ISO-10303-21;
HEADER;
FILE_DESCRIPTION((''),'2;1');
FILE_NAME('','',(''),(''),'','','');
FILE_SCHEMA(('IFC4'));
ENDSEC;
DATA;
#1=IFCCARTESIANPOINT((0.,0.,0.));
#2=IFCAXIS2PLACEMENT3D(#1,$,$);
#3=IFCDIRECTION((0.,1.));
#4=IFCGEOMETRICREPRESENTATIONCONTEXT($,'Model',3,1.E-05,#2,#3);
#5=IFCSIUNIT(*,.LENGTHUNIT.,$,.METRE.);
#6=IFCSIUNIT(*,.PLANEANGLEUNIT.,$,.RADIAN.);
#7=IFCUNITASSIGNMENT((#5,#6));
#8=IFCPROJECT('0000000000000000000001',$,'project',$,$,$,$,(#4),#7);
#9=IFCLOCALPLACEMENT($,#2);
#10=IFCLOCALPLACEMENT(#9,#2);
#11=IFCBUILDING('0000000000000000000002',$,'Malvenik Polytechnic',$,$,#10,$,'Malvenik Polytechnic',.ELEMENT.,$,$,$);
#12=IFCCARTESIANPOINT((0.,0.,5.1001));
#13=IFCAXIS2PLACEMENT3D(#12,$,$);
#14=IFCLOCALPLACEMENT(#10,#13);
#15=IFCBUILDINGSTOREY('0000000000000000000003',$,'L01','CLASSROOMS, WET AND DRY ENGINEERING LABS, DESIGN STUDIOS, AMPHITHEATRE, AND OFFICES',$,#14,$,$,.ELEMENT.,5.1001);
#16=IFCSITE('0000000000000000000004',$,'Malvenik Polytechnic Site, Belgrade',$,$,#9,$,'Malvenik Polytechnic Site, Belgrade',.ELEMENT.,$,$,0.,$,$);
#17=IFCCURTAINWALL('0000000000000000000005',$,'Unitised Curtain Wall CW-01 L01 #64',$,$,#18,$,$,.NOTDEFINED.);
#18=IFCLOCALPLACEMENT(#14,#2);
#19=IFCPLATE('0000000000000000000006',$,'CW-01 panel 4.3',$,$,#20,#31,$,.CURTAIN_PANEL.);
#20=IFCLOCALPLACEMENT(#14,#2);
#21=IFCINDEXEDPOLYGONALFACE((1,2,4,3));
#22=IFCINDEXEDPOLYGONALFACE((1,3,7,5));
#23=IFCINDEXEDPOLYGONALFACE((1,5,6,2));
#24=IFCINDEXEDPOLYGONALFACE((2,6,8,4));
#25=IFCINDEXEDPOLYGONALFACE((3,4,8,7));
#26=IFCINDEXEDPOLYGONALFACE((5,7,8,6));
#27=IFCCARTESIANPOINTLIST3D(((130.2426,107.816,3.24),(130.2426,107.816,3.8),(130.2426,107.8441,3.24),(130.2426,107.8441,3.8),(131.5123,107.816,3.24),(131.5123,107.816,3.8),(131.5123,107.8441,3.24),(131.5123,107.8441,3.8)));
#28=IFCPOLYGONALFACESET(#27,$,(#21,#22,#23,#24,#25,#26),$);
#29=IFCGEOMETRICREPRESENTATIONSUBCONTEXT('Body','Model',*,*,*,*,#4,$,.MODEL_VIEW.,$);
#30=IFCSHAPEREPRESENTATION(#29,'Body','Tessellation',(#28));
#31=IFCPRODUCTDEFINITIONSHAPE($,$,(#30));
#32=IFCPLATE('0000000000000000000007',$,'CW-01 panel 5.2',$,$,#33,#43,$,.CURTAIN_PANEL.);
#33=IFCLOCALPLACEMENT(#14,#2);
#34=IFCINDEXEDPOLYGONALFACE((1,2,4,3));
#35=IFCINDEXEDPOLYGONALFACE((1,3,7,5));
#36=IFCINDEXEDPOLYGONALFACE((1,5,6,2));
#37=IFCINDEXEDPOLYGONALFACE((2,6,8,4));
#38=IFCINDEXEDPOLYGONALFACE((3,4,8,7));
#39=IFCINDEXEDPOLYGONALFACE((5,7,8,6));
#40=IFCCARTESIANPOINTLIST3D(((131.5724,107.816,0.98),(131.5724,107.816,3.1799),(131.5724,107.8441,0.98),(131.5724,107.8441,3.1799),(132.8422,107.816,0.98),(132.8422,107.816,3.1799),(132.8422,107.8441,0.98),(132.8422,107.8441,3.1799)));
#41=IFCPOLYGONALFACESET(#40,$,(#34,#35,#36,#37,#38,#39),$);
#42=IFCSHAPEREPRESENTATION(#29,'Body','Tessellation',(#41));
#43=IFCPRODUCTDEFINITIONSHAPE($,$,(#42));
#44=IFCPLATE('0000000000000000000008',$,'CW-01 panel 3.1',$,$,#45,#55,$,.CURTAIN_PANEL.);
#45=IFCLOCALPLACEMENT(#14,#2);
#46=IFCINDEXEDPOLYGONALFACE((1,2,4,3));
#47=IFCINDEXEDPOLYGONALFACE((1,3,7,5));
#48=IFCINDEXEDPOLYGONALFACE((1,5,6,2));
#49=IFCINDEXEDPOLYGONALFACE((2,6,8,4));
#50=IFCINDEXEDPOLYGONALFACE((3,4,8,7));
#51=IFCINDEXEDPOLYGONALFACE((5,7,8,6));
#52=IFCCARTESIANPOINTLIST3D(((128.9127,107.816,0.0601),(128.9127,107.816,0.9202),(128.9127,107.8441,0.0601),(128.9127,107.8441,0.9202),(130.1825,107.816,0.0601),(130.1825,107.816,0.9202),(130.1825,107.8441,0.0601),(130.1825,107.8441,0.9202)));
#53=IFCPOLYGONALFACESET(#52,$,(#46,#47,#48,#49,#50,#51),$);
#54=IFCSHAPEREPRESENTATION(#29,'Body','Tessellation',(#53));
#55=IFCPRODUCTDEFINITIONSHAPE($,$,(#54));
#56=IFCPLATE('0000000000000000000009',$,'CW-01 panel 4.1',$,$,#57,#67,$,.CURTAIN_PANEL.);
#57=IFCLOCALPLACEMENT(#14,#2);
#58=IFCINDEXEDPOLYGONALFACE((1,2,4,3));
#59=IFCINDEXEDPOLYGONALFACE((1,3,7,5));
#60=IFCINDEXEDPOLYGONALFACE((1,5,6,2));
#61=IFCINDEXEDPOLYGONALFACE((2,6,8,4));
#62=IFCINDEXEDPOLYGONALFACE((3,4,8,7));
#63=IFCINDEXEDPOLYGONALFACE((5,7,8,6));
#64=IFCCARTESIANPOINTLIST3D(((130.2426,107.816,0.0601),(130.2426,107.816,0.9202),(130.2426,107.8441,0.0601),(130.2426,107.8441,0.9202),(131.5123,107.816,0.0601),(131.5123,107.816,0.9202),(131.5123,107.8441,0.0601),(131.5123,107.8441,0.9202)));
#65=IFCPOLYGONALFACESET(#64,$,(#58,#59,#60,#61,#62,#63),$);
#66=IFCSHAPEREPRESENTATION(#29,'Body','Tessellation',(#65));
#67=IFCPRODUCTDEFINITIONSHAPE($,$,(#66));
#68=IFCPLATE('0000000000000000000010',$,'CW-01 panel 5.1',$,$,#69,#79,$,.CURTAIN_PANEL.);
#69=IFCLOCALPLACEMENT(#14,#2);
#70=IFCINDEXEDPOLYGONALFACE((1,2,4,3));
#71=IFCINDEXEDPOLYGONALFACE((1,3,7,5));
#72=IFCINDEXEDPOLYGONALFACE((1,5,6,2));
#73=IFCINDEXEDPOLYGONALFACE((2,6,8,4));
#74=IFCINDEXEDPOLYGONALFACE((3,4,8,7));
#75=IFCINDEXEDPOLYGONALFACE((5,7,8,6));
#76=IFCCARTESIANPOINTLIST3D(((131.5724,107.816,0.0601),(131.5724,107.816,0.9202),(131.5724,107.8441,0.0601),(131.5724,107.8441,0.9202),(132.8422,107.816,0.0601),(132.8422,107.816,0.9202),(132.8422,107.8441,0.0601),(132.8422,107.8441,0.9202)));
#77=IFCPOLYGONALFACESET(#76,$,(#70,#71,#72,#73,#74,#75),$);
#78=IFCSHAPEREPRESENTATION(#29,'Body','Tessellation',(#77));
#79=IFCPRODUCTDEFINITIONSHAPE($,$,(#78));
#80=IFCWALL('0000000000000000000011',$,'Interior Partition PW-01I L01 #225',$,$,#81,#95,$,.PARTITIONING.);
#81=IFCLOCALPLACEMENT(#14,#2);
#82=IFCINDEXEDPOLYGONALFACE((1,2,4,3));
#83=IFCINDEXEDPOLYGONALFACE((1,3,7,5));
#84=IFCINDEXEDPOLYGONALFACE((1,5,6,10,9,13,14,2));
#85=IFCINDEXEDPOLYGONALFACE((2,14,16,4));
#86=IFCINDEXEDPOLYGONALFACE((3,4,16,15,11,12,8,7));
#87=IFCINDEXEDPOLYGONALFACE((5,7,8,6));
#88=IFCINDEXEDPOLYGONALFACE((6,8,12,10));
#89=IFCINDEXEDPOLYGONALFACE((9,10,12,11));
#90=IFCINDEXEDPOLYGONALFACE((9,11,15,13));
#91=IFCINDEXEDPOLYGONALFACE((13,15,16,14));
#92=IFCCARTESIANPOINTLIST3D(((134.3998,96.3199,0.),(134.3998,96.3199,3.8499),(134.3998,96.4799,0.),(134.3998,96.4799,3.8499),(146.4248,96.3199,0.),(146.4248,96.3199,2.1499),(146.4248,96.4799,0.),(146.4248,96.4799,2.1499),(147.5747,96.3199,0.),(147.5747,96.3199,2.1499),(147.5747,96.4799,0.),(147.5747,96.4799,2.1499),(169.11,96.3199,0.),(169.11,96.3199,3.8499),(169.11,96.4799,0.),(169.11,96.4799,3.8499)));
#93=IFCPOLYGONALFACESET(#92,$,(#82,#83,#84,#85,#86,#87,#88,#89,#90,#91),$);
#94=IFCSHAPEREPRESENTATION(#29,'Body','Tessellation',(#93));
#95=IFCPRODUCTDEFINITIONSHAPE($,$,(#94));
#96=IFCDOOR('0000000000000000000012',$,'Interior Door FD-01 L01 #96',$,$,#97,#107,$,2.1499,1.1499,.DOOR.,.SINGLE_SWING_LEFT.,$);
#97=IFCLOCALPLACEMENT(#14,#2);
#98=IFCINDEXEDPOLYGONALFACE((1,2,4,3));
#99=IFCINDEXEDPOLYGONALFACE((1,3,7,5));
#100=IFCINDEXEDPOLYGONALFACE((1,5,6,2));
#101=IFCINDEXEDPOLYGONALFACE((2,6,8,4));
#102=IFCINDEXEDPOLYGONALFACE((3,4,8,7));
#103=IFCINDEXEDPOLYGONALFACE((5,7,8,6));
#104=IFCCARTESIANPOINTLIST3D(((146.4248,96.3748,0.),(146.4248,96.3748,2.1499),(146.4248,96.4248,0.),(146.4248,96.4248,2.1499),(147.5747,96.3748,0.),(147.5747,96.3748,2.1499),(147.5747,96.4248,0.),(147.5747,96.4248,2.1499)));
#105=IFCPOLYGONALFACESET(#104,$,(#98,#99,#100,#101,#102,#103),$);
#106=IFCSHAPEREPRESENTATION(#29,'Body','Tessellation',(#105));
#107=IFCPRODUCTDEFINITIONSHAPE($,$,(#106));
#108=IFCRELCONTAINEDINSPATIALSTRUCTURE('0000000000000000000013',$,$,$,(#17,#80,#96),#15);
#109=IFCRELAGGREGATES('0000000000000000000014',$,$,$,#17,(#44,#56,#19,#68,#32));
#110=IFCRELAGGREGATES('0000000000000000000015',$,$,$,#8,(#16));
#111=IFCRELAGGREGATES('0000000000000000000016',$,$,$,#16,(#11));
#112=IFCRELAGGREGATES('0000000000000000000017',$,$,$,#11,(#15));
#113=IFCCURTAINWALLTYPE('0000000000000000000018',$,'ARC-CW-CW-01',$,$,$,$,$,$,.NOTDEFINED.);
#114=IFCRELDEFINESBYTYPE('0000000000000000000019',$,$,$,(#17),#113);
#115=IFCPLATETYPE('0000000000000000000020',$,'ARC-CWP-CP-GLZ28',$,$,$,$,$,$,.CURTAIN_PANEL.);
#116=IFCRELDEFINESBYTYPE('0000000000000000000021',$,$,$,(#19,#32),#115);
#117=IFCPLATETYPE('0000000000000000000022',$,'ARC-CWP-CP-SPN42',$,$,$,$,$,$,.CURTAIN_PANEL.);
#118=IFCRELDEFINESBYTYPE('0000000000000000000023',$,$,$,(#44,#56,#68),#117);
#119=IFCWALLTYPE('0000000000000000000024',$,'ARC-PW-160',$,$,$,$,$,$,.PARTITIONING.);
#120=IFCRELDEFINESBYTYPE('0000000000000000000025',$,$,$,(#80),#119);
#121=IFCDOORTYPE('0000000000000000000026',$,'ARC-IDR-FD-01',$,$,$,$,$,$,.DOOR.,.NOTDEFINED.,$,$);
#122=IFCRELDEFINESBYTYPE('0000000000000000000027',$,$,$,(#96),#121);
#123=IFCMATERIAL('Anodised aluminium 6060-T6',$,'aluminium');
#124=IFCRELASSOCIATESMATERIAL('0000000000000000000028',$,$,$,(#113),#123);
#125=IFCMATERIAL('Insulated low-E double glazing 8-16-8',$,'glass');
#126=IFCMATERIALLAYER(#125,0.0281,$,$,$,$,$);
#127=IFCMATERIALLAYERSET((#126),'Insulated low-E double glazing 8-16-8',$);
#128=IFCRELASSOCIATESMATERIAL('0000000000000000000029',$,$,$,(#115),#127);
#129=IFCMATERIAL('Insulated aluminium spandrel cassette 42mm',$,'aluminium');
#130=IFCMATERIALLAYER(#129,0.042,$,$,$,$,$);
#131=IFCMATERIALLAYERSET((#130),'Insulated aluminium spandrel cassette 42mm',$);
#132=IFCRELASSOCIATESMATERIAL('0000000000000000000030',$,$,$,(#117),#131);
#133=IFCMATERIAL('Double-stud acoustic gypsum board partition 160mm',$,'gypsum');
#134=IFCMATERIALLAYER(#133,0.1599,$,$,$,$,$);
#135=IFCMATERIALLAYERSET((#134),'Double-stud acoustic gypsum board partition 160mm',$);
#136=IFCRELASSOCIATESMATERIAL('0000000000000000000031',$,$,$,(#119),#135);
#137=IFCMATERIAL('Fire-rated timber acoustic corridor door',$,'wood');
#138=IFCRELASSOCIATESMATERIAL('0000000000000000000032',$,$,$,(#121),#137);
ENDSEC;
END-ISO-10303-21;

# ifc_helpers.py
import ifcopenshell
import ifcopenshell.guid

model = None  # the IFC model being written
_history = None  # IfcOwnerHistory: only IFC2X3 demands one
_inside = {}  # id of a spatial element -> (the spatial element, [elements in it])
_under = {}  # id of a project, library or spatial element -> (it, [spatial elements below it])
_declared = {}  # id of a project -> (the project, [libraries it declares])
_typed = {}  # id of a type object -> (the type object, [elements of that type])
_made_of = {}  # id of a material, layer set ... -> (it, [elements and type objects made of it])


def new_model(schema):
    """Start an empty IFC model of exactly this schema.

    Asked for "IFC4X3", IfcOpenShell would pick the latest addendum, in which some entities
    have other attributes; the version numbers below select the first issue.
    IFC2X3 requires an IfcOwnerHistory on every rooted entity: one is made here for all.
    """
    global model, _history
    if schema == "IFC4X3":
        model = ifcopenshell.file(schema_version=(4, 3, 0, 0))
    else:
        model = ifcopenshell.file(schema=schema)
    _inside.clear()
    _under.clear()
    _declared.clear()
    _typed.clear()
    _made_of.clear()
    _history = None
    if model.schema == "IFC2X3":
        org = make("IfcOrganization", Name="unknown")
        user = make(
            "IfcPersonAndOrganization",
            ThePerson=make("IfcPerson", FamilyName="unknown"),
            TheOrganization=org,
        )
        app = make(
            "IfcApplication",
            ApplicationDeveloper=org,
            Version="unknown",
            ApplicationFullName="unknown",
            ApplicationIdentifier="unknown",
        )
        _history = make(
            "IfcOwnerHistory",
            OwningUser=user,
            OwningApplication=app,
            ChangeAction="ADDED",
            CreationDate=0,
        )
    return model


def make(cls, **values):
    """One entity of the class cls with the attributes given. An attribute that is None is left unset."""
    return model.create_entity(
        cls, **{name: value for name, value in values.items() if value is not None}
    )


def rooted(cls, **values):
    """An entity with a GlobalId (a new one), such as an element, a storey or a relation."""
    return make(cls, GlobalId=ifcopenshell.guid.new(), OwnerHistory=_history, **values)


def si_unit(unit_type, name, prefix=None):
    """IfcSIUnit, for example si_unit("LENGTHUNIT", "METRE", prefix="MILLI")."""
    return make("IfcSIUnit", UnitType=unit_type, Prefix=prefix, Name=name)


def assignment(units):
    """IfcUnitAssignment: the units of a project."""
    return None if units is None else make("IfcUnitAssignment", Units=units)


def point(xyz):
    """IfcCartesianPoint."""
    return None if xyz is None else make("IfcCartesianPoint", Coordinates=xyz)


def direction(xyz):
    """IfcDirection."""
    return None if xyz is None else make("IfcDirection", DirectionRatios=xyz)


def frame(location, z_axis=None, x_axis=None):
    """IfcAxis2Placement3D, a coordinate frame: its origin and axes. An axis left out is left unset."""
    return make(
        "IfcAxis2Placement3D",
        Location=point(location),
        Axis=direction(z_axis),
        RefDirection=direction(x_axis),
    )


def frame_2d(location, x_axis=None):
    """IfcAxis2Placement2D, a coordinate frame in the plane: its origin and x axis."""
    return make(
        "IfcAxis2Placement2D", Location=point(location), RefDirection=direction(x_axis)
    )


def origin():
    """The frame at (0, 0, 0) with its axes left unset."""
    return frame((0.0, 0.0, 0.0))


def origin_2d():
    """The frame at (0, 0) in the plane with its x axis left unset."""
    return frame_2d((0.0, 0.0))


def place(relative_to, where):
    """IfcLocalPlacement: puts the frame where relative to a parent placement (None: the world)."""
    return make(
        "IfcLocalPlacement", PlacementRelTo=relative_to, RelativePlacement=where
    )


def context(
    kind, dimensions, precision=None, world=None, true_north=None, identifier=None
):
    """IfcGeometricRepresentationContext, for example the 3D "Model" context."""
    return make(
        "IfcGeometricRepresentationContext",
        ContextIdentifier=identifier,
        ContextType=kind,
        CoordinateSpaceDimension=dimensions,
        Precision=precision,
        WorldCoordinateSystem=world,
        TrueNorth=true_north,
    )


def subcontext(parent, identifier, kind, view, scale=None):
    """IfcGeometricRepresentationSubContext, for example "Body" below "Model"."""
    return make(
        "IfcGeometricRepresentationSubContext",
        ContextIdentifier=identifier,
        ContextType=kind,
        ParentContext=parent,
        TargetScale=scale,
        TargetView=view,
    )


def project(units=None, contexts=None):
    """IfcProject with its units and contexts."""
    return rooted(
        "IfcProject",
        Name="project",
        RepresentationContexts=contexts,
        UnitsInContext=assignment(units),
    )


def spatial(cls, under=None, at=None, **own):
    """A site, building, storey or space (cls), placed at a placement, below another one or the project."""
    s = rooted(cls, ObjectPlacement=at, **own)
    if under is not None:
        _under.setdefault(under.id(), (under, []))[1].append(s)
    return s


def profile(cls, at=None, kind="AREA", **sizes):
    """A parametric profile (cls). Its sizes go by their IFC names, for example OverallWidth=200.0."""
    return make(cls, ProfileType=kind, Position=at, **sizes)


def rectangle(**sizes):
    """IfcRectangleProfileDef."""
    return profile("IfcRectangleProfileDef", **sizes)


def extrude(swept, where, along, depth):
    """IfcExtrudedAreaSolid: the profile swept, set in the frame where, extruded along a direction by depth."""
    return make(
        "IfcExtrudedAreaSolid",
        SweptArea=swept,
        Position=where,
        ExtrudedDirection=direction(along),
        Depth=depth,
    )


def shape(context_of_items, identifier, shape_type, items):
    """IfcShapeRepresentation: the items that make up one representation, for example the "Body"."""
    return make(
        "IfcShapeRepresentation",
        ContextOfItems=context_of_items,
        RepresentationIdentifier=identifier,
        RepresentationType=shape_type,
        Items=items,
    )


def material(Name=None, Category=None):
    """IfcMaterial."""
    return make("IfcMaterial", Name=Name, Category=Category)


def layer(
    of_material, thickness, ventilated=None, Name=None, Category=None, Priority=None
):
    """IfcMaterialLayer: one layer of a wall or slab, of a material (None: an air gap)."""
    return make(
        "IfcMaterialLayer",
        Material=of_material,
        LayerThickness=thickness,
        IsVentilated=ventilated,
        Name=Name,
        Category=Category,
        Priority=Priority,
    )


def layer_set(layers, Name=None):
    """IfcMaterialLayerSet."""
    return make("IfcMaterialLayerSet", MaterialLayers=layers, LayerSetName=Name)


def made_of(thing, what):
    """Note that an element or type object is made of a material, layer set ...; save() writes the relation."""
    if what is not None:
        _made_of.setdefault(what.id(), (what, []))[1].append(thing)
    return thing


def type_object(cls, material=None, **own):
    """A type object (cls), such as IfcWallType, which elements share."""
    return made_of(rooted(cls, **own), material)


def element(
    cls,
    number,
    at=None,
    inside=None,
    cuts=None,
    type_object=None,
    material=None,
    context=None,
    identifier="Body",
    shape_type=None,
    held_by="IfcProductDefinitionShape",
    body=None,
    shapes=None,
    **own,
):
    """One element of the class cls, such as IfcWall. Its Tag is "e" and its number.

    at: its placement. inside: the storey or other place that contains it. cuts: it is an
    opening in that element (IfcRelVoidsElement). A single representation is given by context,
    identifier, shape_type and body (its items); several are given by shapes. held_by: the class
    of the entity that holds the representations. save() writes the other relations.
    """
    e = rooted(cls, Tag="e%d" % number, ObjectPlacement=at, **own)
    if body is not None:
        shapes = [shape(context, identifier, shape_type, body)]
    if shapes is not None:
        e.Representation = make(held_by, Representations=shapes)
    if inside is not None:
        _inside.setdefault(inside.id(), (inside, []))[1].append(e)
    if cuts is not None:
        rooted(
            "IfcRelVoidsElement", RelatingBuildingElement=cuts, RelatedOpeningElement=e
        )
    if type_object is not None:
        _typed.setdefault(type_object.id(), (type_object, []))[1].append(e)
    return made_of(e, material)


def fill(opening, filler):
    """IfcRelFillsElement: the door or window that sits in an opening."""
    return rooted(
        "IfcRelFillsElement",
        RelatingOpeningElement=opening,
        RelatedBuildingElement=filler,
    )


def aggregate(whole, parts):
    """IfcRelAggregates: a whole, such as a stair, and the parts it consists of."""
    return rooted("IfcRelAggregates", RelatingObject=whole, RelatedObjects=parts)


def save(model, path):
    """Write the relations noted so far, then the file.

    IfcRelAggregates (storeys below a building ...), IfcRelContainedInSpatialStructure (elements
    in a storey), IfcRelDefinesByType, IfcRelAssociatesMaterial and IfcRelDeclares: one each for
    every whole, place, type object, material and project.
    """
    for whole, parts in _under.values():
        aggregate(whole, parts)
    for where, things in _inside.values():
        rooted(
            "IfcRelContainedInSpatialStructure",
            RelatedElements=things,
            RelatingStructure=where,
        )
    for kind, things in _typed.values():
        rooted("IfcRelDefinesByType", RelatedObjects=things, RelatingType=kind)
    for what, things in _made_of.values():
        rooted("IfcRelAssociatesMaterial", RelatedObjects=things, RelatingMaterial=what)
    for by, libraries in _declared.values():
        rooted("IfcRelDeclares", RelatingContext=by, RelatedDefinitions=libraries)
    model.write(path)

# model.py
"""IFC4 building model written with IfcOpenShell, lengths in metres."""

from ifc_helpers import new_model, si_unit, direction, frame, frame_2d, origin, origin_2d, place, context, subcontext, project, spatial, rectangle, extrude, material, layer, layer_set, type_object, element, fill, aggregate, save


model = new_model("IFC4")

# Units and contexts
model_context = context("Model", 3, precision=1e-05, world=origin(), true_north=direction((0.0, 1.0)))
body_context = subcontext(model_context, "Body", "Model", "MODEL_VIEW")
ifc_project = project(units=[si_unit("LENGTHUNIT", "METRE"), si_unit("PLANEANGLEUNIT", "RADIAN")], contexts=[model_context])

# Site, building, storey
site_placement = place(None, origin())
site = spatial("IfcSite", under=ifc_project, at=site_placement, Name="Malvenik Polytechnic Site, Belgrade", LongName="Malvenik Polytechnic Site, Belgrade", CompositionType="ELEMENT", RefElevation=0.0)
building_placement = place(site_placement, origin())
building = spatial("IfcBuilding", under=site, at=building_placement, Name="Malvenik Polytechnic", LongName="Malvenik Polytechnic", CompositionType="ELEMENT")
storey_placement = place(building_placement, frame((0.0, 0.0, 5.1001)))
storey = spatial("IfcBuildingStorey", under=building, at=storey_placement, Name="L01", Description="CLASSROOMS, WET AND DRY ENGINEERING LABS, DESIGN STUDIOS, AMPHITHEATRE, AND OFFICES", CompositionType="ELEMENT", Elevation=5.1001)

# Curtain wall, plates
ifc_material_1 = material(Name="Anodised aluminium 6060-T6", Category="aluminium")
curtain_wall_type = type_object("IfcCurtainWallType", Name="ARC-CW-CW-01", PredefinedType="NOTDEFINED", material=ifc_material_1)
curtain_wall_placement = place(storey_placement, origin())
curtain_wall = element("IfcCurtainWall", 1, at=curtain_wall_placement, inside=storey, type_object=curtain_wall_type, Name="Unitised Curtain Wall CW-01 L01 #64", PredefinedType="NOTDEFINED")
ifc_material_2 = material(Name="Insulated low-E double glazing 8-16-8", Category="glass")
ifc_layer_1 = layer(ifc_material_2, 0.0281)
ifc_layer_set_1 = layer_set([ifc_layer_1], Name="Insulated low-E double glazing 8-16-8")
plate_type_1 = type_object("IfcPlateType", Name="ARC-CWP-CP-GLZ28", PredefinedType="CURTAIN_PANEL", material=ifc_layer_set_1)
plate_1_placement = place(storey_placement, frame((130.8774, 107.8301, 3.24), z_axis=(0.0, 0.0, 1.0), x_axis=(1.0, 0.0, 0.0)))
plate_1 = element("IfcPlate", 2, at=plate_1_placement, type_object=plate_type_1, Name="CW-01 panel 4.3", PredefinedType="CURTAIN_PANEL", context=body_context, shape_type="SweptSolid", body=[
    extrude(rectangle(XDim=1.2698, YDim=0.0281, at=origin_2d()), origin(), (0.0, 0.0, 1.0), 0.5601),
])
plate_2_placement = place(storey_placement, frame((132.2073, 107.8301, 0.98), z_axis=(0.0, 0.0, 1.0), x_axis=(1.0, 0.0, 0.0)))
plate_2 = element("IfcPlate", 3, at=plate_2_placement, type_object=plate_type_1, Name="CW-01 panel 5.2", PredefinedType="CURTAIN_PANEL", context=body_context, shape_type="SweptSolid", body=[
    extrude(rectangle(XDim=1.2698, YDim=0.0281, at=origin_2d()), origin(), (0.0, 0.0, 1.0), 2.2),
])
ifc_material_3 = material(Name="Insulated aluminium spandrel cassette 42mm", Category="aluminium")
ifc_layer_2 = layer(ifc_material_3, 0.042)
ifc_layer_set_2 = layer_set([ifc_layer_2], Name="Insulated aluminium spandrel cassette 42mm")
plate_type_2 = type_object("IfcPlateType", Name="ARC-CWP-CP-SPN42", PredefinedType="CURTAIN_PANEL", material=ifc_layer_set_2)
plate_3_placement = place(storey_placement, frame((129.5476, 107.8301, 0.0601), z_axis=(0.0, 0.0, 1.0), x_axis=(1.0, 0.0, 0.0)))
plate_3 = element("IfcPlate", 4, at=plate_3_placement, type_object=plate_type_2, Name="CW-01 panel 3.1", PredefinedType="CURTAIN_PANEL", context=body_context, shape_type="SweptSolid", body=[
    extrude(rectangle(XDim=1.2698, YDim=0.0281, at=origin_2d()), origin(), (0.0, 0.0, 1.0), 0.8601),
])
plate_4_placement = place(storey_placement, frame((130.8774, 107.8301, 0.0601), z_axis=(0.0, 0.0, 1.0), x_axis=(1.0, 0.0, 0.0)))
plate_4 = element("IfcPlate", 5, at=plate_4_placement, type_object=plate_type_2, Name="CW-01 panel 4.1", PredefinedType="CURTAIN_PANEL", context=body_context, shape_type="SweptSolid", body=[
    extrude(rectangle(XDim=1.2698, YDim=0.0281, at=origin_2d()), origin(), (0.0, 0.0, 1.0), 0.8601),
])
plate_5_placement = place(storey_placement, frame((132.2073, 107.8301, 0.0601), z_axis=(0.0, 0.0, 1.0), x_axis=(1.0, 0.0, 0.0)))
plate_5 = element("IfcPlate", 6, at=plate_5_placement, type_object=plate_type_2, Name="CW-01 panel 5.1", PredefinedType="CURTAIN_PANEL", context=body_context, shape_type="SweptSolid", body=[
    extrude(rectangle(XDim=1.2698, YDim=0.0281, at=origin_2d()), origin(), (0.0, 0.0, 1.0), 0.8601),
])
aggregate(curtain_wall, [plate_3, plate_4, plate_1, plate_5, plate_2])

# Wall, opening, door
ifc_material_4 = material(Name="Double-stud acoustic gypsum board partition 160mm", Category="gypsum")
ifc_layer_3 = layer(ifc_material_4, 0.1599)
ifc_layer_set_3 = layer_set([ifc_layer_3], Name="Double-stud acoustic gypsum board partition 160mm")
wall_type = type_object("IfcWallType", Name="ARC-PW-160", PredefinedType="PARTITIONING", material=ifc_layer_set_3)
wall_placement = place(storey_placement, frame((134.3999, 96.3999, 0.0), z_axis=(0.0, 0.0, 1.0), x_axis=(1.0, 0.0, 0.0)))
wall = element("IfcWall", 7, at=wall_placement, inside=storey, type_object=wall_type, Name="Interior Partition PW-01I L01 #225", PredefinedType="PARTITIONING", context=body_context, shape_type="SweptSolid", body=[
    extrude(rectangle(XDim=34.7102, YDim=0.1599, at=frame_2d((17.355, 0.0))), origin(), (0.0, 0.0, 1.0), 3.8499),
])
opening_placement = place(wall_placement, frame((12.0249, 0.0, 0.0)))
opening = element("IfcOpeningElement", 8, at=opening_placement, cuts=wall, PredefinedType="OPENING", context=body_context, shape_type="SweptSolid", body=[
    extrude(rectangle(XDim=1.1499, YDim=2.1499, at=frame_2d((0.575, 1.075))), frame((0.0, 0.0898, 0.0), z_axis=(0.0, -1.0, 0.0), x_axis=(1.0, 0.0, 0.0)), (0.0, 0.0, 1.0), 0.1799),
])
ifc_material_5 = material(Name="Fire-rated timber acoustic corridor door", Category="wood")
door_type = type_object("IfcDoorType", Name="ARC-IDR-FD-01", OperationType="NOTDEFINED", PredefinedType="DOOR", material=ifc_material_5)
door_placement = place(opening_placement, origin())
door = element("IfcDoor", 9, at=door_placement, inside=storey, type_object=door_type, Name="Interior Door FD-01 L01 #96", OperationType="SINGLE_SWING_LEFT", OverallHeight=2.1499, OverallWidth=1.1499, PredefinedType="DOOR", context=body_context, shape_type="SweptSolid", body=[
    extrude(rectangle(XDim=1.1499, YDim=2.1499, at=frame_2d((0.575, 1.075))), frame((0.0, 0.0249, 0.0), z_axis=(0.0, -1.0, 0.0), x_axis=(1.0, 0.0, 0.0)), (0.0, 0.0, 1.0), 0.05),
])
fill(opening, door)

save(model, "model.ifc")
